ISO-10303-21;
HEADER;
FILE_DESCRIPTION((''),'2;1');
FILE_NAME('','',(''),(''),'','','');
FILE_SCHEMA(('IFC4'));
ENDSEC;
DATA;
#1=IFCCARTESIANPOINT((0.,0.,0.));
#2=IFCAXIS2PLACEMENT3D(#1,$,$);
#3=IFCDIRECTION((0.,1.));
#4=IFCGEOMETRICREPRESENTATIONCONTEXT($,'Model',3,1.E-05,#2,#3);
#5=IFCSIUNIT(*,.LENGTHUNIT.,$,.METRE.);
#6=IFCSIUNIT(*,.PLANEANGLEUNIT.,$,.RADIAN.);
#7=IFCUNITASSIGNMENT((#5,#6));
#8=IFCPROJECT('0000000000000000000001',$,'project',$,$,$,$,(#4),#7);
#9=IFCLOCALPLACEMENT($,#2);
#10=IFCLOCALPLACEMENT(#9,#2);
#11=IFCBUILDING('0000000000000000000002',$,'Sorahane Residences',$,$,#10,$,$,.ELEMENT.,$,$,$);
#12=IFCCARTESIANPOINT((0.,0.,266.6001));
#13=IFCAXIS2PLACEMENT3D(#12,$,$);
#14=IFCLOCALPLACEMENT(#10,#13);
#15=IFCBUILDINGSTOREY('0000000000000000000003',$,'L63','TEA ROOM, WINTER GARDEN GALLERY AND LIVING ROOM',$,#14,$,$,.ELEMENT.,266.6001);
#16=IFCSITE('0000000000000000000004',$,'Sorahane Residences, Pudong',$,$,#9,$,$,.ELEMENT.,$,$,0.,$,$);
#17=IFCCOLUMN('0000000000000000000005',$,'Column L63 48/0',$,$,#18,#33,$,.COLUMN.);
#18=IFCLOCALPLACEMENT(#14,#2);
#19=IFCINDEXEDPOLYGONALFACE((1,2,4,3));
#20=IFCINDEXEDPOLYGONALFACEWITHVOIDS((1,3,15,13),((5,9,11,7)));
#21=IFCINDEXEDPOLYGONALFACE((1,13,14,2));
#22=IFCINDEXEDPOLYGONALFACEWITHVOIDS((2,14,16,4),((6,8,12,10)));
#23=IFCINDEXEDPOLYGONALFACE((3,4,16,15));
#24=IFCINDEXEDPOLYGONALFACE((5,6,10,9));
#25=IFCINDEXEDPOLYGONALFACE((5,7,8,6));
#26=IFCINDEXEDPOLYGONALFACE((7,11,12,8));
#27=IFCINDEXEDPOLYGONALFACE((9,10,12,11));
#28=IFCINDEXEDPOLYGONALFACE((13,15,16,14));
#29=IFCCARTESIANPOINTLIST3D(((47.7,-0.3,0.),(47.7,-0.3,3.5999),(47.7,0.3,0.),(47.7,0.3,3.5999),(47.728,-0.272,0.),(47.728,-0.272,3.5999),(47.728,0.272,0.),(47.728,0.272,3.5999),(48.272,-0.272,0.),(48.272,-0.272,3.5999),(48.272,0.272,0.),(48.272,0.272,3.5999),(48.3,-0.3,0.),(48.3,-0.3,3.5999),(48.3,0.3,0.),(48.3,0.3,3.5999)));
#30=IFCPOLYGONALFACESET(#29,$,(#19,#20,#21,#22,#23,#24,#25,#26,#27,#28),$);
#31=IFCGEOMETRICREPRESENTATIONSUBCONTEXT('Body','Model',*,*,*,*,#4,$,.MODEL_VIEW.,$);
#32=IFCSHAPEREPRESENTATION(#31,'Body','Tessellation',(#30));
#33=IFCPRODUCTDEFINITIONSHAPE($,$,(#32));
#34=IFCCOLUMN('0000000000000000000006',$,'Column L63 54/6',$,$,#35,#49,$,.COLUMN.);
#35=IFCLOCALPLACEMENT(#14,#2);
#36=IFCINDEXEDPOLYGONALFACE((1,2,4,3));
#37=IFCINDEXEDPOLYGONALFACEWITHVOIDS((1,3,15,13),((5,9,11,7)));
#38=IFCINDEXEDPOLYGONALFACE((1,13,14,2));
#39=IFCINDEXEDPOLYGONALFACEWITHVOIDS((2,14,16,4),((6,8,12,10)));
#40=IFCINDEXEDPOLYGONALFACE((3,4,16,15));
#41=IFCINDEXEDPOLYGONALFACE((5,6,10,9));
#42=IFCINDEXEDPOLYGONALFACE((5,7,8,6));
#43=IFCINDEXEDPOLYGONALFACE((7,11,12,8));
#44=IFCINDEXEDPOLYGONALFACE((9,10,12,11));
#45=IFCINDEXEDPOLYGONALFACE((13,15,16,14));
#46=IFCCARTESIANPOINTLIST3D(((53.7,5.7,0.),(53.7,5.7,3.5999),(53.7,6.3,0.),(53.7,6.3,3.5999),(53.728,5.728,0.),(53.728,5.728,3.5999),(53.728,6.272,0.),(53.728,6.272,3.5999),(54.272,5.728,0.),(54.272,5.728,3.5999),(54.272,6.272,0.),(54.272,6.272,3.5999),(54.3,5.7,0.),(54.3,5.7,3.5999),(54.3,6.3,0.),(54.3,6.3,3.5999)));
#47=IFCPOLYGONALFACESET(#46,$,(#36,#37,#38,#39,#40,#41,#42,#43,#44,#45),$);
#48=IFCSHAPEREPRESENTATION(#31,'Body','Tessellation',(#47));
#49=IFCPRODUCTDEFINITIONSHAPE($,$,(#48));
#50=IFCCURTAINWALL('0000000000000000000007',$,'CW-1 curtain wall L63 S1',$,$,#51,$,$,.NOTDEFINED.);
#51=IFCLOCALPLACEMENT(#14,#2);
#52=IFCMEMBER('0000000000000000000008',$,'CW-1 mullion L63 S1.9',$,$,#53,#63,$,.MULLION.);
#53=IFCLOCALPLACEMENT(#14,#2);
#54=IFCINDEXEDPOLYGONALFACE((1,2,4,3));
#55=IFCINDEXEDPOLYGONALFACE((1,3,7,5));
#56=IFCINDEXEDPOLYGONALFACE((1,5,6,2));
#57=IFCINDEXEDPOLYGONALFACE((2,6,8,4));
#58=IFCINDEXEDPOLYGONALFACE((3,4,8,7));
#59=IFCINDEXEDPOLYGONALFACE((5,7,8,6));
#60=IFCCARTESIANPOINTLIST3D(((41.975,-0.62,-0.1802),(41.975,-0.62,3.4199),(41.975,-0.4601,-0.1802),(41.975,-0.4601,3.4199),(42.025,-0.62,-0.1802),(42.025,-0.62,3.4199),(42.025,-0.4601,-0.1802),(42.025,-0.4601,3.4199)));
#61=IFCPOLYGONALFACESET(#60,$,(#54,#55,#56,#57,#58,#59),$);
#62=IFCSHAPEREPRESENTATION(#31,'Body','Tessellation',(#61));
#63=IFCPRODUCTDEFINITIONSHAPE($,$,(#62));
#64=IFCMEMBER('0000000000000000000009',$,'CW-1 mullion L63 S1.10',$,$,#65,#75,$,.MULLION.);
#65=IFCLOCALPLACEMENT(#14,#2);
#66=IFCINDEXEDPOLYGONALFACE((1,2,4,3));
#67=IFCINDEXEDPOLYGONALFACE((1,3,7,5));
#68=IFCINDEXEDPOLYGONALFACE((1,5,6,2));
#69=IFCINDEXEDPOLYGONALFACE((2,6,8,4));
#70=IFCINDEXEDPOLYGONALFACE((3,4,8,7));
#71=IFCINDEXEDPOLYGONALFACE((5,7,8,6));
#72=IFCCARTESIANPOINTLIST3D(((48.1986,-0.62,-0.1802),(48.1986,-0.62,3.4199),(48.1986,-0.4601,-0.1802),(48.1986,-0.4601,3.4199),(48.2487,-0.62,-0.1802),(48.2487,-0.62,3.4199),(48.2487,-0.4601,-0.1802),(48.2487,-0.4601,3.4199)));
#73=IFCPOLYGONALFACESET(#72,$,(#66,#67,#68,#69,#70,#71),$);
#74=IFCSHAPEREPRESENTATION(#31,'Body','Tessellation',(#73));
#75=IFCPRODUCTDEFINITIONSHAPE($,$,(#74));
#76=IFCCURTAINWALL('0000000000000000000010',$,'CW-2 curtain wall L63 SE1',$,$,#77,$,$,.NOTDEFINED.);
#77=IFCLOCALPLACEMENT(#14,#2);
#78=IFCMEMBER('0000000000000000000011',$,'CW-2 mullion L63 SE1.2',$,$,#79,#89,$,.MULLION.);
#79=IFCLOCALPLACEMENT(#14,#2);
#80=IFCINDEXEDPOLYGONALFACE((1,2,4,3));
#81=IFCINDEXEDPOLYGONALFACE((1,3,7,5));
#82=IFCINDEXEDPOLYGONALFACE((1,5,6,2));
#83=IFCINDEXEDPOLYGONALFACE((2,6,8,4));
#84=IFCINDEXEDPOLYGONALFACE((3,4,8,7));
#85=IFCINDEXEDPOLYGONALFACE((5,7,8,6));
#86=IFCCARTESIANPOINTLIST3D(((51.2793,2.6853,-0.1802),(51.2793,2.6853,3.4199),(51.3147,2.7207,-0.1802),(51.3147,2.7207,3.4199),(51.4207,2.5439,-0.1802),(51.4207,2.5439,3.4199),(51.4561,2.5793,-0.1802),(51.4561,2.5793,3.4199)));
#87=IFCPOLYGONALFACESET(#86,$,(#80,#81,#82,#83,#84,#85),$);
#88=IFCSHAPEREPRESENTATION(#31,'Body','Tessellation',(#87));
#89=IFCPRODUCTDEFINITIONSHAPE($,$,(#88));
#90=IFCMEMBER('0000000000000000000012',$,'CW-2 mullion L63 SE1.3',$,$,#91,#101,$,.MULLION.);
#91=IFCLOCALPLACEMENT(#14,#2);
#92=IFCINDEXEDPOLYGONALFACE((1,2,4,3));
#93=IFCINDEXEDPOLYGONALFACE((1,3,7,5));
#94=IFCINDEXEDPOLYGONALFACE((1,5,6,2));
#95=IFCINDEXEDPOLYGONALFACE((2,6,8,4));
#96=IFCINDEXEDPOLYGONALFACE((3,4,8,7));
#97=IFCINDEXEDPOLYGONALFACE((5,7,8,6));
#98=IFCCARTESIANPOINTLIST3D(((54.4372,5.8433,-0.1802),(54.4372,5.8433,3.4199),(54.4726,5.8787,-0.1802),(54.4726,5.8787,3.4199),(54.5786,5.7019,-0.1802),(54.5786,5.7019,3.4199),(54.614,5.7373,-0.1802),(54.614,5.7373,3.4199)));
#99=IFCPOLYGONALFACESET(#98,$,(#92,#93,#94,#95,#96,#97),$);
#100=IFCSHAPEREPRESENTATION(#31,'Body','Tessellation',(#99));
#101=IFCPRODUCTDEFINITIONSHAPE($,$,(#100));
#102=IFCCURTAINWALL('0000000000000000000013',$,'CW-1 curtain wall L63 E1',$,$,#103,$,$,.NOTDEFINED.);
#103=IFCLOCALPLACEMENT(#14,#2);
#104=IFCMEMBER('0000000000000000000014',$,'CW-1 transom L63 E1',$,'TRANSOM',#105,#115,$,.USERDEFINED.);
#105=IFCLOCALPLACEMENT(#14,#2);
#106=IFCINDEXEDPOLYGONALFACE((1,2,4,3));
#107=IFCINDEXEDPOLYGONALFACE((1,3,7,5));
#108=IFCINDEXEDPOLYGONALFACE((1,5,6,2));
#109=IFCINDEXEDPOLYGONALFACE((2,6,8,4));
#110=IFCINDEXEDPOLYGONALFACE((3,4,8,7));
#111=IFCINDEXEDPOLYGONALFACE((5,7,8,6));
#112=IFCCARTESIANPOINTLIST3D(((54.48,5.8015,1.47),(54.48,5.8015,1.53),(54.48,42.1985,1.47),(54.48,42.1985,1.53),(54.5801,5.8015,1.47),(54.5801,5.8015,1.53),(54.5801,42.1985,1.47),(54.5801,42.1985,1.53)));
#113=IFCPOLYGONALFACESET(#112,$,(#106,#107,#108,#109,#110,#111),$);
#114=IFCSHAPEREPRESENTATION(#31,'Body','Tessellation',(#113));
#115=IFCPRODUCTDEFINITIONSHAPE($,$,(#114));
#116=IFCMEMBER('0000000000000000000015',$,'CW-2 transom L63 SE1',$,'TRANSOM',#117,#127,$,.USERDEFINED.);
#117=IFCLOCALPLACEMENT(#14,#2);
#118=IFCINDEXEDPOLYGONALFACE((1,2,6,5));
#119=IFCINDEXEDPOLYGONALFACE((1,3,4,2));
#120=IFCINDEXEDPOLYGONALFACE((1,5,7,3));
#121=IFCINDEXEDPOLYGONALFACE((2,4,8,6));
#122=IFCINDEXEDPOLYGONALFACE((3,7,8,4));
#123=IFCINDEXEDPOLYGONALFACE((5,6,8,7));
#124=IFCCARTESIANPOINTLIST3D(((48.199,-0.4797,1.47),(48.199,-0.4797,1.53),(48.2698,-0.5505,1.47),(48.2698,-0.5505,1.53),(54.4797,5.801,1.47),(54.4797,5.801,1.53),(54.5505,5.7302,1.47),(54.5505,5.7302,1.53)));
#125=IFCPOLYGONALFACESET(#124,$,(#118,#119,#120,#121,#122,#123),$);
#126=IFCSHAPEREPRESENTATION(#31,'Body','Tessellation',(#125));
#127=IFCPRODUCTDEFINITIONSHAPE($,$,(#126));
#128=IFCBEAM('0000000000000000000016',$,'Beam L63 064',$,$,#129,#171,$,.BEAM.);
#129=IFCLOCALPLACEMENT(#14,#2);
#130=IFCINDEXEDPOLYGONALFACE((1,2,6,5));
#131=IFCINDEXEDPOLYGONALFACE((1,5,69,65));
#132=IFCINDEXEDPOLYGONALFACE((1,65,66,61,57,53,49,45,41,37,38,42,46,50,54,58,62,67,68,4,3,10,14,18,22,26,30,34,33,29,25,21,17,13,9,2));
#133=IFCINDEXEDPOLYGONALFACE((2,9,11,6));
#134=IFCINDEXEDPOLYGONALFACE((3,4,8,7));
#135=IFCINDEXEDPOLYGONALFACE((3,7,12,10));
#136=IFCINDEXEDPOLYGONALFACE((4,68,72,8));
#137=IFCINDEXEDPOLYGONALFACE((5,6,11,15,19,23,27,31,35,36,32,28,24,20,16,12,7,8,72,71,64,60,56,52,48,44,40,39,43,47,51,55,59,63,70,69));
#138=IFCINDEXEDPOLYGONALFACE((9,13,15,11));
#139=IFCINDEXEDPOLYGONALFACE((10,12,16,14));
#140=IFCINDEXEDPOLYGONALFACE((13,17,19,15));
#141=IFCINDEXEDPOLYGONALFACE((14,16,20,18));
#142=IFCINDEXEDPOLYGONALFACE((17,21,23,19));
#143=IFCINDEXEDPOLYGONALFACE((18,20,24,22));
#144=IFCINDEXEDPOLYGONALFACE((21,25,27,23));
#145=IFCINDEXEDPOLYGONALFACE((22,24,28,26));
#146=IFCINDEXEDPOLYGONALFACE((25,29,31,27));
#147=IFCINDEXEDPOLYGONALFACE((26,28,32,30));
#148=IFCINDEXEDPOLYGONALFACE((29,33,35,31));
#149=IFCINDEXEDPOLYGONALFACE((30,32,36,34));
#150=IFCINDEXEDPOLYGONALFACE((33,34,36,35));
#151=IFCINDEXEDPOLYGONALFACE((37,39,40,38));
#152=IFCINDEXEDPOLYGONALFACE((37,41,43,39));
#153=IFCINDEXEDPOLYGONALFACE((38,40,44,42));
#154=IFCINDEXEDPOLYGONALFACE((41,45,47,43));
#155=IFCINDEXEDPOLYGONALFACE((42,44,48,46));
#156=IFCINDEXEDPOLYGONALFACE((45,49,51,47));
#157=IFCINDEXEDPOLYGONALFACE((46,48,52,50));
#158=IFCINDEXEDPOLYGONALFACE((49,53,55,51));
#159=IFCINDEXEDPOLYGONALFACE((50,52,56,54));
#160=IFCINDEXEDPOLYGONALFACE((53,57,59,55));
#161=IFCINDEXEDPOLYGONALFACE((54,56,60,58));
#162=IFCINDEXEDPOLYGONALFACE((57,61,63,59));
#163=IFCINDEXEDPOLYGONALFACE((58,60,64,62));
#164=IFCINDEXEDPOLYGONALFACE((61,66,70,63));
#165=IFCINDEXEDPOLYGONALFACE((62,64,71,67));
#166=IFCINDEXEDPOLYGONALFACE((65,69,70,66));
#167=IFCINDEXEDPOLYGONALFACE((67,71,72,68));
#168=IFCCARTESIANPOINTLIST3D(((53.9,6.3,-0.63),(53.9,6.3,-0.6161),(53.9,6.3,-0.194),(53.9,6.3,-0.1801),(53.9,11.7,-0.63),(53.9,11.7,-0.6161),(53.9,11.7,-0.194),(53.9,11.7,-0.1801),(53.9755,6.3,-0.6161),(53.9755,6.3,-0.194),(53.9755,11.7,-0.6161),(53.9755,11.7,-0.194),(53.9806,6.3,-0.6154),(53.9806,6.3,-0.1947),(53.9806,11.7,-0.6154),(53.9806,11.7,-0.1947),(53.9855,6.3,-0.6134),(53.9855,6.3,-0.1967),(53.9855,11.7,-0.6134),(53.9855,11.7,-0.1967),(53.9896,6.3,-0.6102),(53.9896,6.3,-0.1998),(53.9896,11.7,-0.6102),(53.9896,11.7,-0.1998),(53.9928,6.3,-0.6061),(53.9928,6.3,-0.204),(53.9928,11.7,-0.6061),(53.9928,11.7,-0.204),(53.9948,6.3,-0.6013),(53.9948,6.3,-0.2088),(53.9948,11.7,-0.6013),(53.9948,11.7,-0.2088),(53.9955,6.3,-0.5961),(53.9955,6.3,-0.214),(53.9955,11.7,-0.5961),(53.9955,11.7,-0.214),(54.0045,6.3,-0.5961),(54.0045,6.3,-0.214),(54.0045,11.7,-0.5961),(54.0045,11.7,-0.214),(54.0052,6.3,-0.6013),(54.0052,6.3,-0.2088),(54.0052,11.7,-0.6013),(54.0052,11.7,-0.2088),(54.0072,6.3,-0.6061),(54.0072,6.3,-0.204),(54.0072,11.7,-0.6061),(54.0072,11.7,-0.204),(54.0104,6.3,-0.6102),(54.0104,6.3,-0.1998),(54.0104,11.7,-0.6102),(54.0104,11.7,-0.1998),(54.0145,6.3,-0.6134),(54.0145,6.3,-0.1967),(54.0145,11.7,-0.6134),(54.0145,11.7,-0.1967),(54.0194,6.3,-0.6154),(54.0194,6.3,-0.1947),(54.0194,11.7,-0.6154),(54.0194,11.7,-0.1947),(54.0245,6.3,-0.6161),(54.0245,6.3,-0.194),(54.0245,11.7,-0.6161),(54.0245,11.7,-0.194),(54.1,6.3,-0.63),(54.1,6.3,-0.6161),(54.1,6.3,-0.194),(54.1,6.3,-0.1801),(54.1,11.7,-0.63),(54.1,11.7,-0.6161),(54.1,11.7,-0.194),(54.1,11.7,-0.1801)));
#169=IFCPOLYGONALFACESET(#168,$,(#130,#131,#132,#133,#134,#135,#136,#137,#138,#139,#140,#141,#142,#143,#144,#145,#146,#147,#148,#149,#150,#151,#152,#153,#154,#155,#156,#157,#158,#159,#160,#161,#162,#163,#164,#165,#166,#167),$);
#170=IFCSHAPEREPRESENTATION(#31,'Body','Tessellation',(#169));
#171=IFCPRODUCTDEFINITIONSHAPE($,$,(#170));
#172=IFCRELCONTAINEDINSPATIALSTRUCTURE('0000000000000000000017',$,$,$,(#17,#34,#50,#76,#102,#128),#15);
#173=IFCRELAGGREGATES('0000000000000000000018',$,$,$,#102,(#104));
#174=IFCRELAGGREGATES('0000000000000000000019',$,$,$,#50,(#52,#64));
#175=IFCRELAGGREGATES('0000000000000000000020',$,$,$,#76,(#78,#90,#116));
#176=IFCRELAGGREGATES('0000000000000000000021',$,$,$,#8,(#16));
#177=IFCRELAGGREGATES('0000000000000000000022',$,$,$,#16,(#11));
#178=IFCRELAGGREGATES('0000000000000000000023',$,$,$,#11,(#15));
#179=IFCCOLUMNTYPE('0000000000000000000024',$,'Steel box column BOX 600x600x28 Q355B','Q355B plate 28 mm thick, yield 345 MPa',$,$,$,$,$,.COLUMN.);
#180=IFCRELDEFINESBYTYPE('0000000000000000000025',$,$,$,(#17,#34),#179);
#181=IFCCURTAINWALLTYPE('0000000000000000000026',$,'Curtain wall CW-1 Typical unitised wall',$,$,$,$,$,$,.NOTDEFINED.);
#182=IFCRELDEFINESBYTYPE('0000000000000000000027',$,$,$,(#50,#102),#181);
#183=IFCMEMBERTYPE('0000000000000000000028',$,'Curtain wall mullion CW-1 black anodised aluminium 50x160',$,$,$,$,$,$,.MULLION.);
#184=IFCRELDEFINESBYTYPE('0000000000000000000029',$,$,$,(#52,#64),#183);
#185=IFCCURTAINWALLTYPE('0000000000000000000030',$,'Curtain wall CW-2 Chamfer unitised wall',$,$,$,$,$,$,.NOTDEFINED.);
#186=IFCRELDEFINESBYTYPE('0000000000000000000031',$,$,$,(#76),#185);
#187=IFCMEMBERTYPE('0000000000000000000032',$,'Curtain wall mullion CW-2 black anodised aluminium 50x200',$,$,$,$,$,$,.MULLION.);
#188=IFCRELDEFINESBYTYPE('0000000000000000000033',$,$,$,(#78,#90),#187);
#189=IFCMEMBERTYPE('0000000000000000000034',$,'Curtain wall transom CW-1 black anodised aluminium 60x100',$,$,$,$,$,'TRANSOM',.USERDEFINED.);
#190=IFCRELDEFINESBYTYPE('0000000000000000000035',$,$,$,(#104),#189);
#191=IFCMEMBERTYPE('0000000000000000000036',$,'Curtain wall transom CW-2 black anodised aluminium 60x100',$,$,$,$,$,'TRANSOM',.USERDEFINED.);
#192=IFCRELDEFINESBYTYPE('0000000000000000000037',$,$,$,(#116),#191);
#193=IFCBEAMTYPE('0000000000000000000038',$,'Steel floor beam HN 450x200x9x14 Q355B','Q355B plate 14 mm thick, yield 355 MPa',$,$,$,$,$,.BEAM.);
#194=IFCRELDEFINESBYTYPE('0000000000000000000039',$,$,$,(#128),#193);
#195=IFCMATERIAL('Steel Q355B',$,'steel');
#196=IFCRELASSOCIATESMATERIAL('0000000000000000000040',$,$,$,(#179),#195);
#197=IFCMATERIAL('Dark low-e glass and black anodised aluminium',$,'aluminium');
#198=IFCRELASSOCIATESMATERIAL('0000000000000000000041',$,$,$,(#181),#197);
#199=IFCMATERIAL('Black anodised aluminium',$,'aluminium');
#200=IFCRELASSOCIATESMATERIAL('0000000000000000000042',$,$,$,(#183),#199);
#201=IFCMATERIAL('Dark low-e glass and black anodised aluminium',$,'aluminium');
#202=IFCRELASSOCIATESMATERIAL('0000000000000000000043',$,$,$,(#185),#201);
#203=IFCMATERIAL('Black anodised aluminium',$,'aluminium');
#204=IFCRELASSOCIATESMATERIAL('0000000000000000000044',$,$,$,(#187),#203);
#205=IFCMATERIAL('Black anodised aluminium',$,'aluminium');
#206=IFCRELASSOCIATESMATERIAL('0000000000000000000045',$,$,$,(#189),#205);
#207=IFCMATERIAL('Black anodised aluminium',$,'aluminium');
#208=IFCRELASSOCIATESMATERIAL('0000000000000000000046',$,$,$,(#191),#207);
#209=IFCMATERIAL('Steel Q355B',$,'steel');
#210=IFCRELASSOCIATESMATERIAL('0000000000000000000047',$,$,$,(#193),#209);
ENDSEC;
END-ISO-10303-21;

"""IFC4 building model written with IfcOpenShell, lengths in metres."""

from ifc_helpers import new_model, si_unit, direction, frame, origin, origin_2d, place, context, subcontext, project, spatial, rectangle, hollow_rectangle, i_section, extrude, material, material_profile, profile_set, type_object, element, aggregate, save


model = new_model("IFC4")

# Units and contexts
model_context = context("Model", 3, precision=1e-05, world=origin(), true_north=direction((0.0, 1.0)))
body_context = subcontext(model_context, "Body", "Model", "MODEL_VIEW")
ifc_project = project(units=[si_unit("LENGTHUNIT", "METRE"), si_unit("PLANEANGLEUNIT", "RADIAN")], contexts=[model_context])

# Site, building, storey
site_placement = place(None, origin())
site = spatial("IfcSite", under=ifc_project, at=site_placement, Name="Sorahane Residences, Pudong", CompositionType="ELEMENT", RefElevation=0.0)
building_placement = place(site_placement, origin())
building = spatial("IfcBuilding", under=site, at=building_placement, Name="Sorahane Residences", CompositionType="ELEMENT")
storey_placement = place(building_placement, frame((0.0, 0.0, 266.6001)))
storey = spatial("IfcBuildingStorey", under=building, at=storey_placement, Name="L63", Description="TEA ROOM, WINTER GARDEN GALLERY AND LIVING ROOM", CompositionType="ELEMENT", Elevation=266.6001)

# Columns
ifc_material_1 = material(Name="Steel Q355B", Category="steel")
ifc_material_profile_1 = material_profile(ifc_material_1, hollow_rectangle(XDim=0.6001, YDim=0.6001, WallThickness=0.0281, at=origin_2d()), Name="BOX 600x600x28")
ifc_profile_set_1 = profile_set([ifc_material_profile_1], Name="Steel Q355B")
column_type = type_object("IfcColumnType", Name="Steel box column BOX 600x600x28 Q355B", Description="Q355B plate 28 mm thick, yield 345 MPa", PredefinedType="COLUMN", material=ifc_profile_set_1)
for number, where, z_axis, x_axis, name in (
    (1, (48.0, 0.0, 0.0), (0.0, 0.0, 1.0), (1.0, 0.0, 0.0), "Column L63 48/0"),
    (2, (54.0, 6.0, 0.0), (0.0, 0.0, 1.0), (1.0, 0.0, 0.0), "Column L63 54/6"),
):
    element("IfcColumn", number, at=place(storey_placement, frame(where, z_axis=z_axis, x_axis=x_axis)), inside=storey, type_object=column_type, Name=name, PredefinedType="COLUMN", context=body_context, shape_type="SweptSolid", body=[
        extrude(hollow_rectangle(XDim=0.6001, YDim=0.6001, WallThickness=0.0281, at=origin_2d()), origin(), (0.0, 0.0, 1.0), 3.5999),
    ])

# Curtain walls, members
ifc_material_2 = material(Name="Dark low-e glass and black anodised aluminium", Category="aluminium")
curtain_wall_type_1 = type_object("IfcCurtainWallType", Name="Curtain wall CW-1 Typical unitised wall", PredefinedType="NOTDEFINED", material=ifc_material_2)
curtain_wall_1_placement = place(storey_placement, origin())
curtain_wall_1 = element("IfcCurtainWall", 3, at=curtain_wall_1_placement, inside=storey, type_object=curtain_wall_type_1, Name="CW-1 curtain wall L63 S1", PredefinedType="NOTDEFINED")
ifc_material_3 = material(Name="Black anodised aluminium", Category="aluminium")
ifc_material_profile_2 = material_profile(ifc_material_3, rectangle(XDim=0.1599, YDim=0.05, at=origin_2d()), Name="Curtain wall mullion CW-1 black anodised aluminium 50x160")
ifc_profile_set_2 = profile_set([ifc_material_profile_2], Name="Black anodised aluminium")
member_type_1 = type_object("IfcMemberType", Name="Curtain wall mullion CW-1 black anodised aluminium 50x160", PredefinedType="MULLION", material=ifc_profile_set_2)
member_1_placement = place(storey_placement, frame((42.0, -0.54, -0.1802), z_axis=(0.0, 0.0, 1.0), x_axis=(0.0, -1.0, 0.0)))
member_1 = element("IfcMember", 4, at=member_1_placement, type_object=member_type_1, Name="CW-1 mullion L63 S1.9", PredefinedType="MULLION", context=body_context, shape_type="SweptSolid", body=[
    extrude(rectangle(XDim=0.1599, YDim=0.05, at=origin_2d()), origin(), (0.0, 0.0, 1.0), 3.6001),
])
member_2_placement = place(storey_placement, frame((48.2236, -0.54, -0.1802), z_axis=(0.0, 0.0, 1.0), x_axis=(0.0, -1.0, 0.0)))
member_2 = element("IfcMember", 5, at=member_2_placement, type_object=member_type_1, Name="CW-1 mullion L63 S1.10", PredefinedType="MULLION", context=body_context, shape_type="SweptSolid", body=[
    extrude(rectangle(XDim=0.1599, YDim=0.05, at=origin_2d()), origin(), (0.0, 0.0, 1.0), 3.6001),
])
ifc_material_4 = material(Name="Dark low-e glass and black anodised aluminium", Category="aluminium")
curtain_wall_type_2 = type_object("IfcCurtainWallType", Name="Curtain wall CW-2 Chamfer unitised wall", PredefinedType="NOTDEFINED", material=ifc_material_4)
curtain_wall_2_placement = place(storey_placement, origin())
curtain_wall_2 = element("IfcCurtainWall", 6, at=curtain_wall_2_placement, inside=storey, type_object=curtain_wall_type_2, Name="CW-2 curtain wall L63 SE1", PredefinedType="NOTDEFINED")
ifc_material_5 = material(Name="Black anodised aluminium", Category="aluminium")
ifc_material_profile_3 = material_profile(ifc_material_5, rectangle(XDim=0.2, YDim=0.05, at=origin_2d()), Name="Curtain wall mullion CW-2 black anodised aluminium 50x200")
ifc_profile_set_3 = profile_set([ifc_material_profile_3], Name="Black anodised aluminium")
member_type_2 = type_object("IfcMemberType", Name="Curtain wall mullion CW-2 black anodised aluminium 50x200", PredefinedType="MULLION", material=ifc_profile_set_3)
member_3_placement = place(storey_placement, frame((51.3677, 2.6323, -0.1802), z_axis=(0.0, 0.0, 1.0), x_axis=(0.707107, -0.707107, 0.0)))
member_3 = element("IfcMember", 7, at=member_3_placement, type_object=member_type_2, Name="CW-2 mullion L63 SE1.2", PredefinedType="MULLION", context=body_context, shape_type="SweptSolid", body=[
    extrude(rectangle(XDim=0.2, YDim=0.05, at=origin_2d()), origin(), (0.0, 0.0, 1.0), 3.6001),
])
member_4_placement = place(storey_placement, frame((54.5256, 5.7903, -0.1802), z_axis=(0.0, 0.0, 1.0), x_axis=(0.707107, -0.707107, 0.0)))
member_4 = element("IfcMember", 8, at=member_4_placement, type_object=member_type_2, Name="CW-2 mullion L63 SE1.3", PredefinedType="MULLION", context=body_context, shape_type="SweptSolid", body=[
    extrude(rectangle(XDim=0.2, YDim=0.05, at=origin_2d()), origin(), (0.0, 0.0, 1.0), 3.6001),
])

# Curtain wall, member
curtain_wall_3_placement = place(storey_placement, origin())
curtain_wall_3 = element("IfcCurtainWall", 9, at=curtain_wall_3_placement, inside=storey, type_object=curtain_wall_type_1, Name="CW-1 curtain wall L63 E1", PredefinedType="NOTDEFINED")
ifc_material_6 = material(Name="Black anodised aluminium", Category="aluminium")
ifc_material_profile_4 = material_profile(ifc_material_6, rectangle(XDim=0.1001, YDim=0.0601, at=origin_2d()), Name="Curtain wall transom CW-1 black anodised aluminium 60x100")
ifc_profile_set_4 = profile_set([ifc_material_profile_4], Name="Black anodised aluminium")
member_type_3 = type_object("IfcMemberType", Name="Curtain wall transom CW-1 black anodised aluminium 60x100", ElementType="TRANSOM", PredefinedType="USERDEFINED", material=ifc_profile_set_4)
member_5_placement = place(storey_placement, frame((54.53, 5.8015, 1.5), z_axis=(0.0, 1.0, 0.0), x_axis=(-1.0, 0.0, 0.0)))
member_5 = element("IfcMember", 10, at=member_5_placement, type_object=member_type_3, Name="CW-1 transom L63 E1", ObjectType="TRANSOM", PredefinedType="USERDEFINED", context=body_context, shape_type="SweptSolid", body=[
    extrude(rectangle(XDim=0.1001, YDim=0.0601, at=origin_2d()), origin(), (0.0, 0.0, 1.0), 36.397),
])
aggregate(curtain_wall_3, [member_5])

# Member
ifc_material_7 = material(Name="Black anodised aluminium", Category="aluminium")
ifc_material_profile_5 = material_profile(ifc_material_7, rectangle(XDim=0.1001, YDim=0.0601, at=origin_2d()), Name="Curtain wall transom CW-2 black anodised aluminium 60x100")
ifc_profile_set_5 = profile_set([ifc_material_profile_5], Name="Black anodised aluminium")
member_type_4 = type_object("IfcMemberType", Name="Curtain wall transom CW-2 black anodised aluminium 60x100", ElementType="TRANSOM", PredefinedType="USERDEFINED", material=ifc_profile_set_5)
member_6_placement = place(storey_placement, frame((48.2344, -0.5151, 1.5), z_axis=(0.707107, 0.707107, 0.0), x_axis=(-0.707107, 0.707107, 0.0)))
member_6 = element("IfcMember", 11, at=member_6_placement, type_object=member_type_4, Name="CW-2 transom L63 SE1", ObjectType="TRANSOM", PredefinedType="USERDEFINED", context=body_context, shape_type="SweptSolid", body=[
    extrude(rectangle(XDim=0.1001, YDim=0.0601, at=origin_2d()), origin(), (0.0, 0.0, 1.0), 8.8823),
])

# Beam
ifc_material_8 = material(Name="Steel Q355B", Category="steel")
ifc_material_profile_6 = material_profile(ifc_material_8, i_section(OverallWidth=0.2, OverallDepth=0.45, WebThickness=0.009, FlangeThickness=0.0139, FilletRadius=0.02, at=origin_2d()), Name="HN 450x200x9x14")
ifc_profile_set_6 = profile_set([ifc_material_profile_6], Name="Steel Q355B")
beam_type_1 = type_object("IfcBeamType", Name="Steel floor beam HN 450x200x9x14 Q355B", Description="Q355B plate 14 mm thick, yield 355 MPa", PredefinedType="BEAM", material=ifc_profile_set_6)
beam_1_placement = place(storey_placement, frame((54.0, 6.3, -0.405), z_axis=(0.0, 1.0, 0.0), x_axis=(-1.0, 0.0, 0.0)))
element("IfcBeam", 12, at=beam_1_placement, inside=storey, type_object=beam_type_1, Name="Beam L63 064", PredefinedType="BEAM", context=body_context, shape_type="SweptSolid", body=[
    extrude(i_section(OverallWidth=0.2, OverallDepth=0.45, WebThickness=0.009, FlangeThickness=0.0139, FilletRadius=0.02, at=origin_2d()), origin(), (0.0, 0.0, 1.0), 5.3999),
])

aggregate(curtain_wall_1, [member_1, member_2])
aggregate(curtain_wall_2, [member_3, member_4, member_6])

save(model, "model.ifc")
